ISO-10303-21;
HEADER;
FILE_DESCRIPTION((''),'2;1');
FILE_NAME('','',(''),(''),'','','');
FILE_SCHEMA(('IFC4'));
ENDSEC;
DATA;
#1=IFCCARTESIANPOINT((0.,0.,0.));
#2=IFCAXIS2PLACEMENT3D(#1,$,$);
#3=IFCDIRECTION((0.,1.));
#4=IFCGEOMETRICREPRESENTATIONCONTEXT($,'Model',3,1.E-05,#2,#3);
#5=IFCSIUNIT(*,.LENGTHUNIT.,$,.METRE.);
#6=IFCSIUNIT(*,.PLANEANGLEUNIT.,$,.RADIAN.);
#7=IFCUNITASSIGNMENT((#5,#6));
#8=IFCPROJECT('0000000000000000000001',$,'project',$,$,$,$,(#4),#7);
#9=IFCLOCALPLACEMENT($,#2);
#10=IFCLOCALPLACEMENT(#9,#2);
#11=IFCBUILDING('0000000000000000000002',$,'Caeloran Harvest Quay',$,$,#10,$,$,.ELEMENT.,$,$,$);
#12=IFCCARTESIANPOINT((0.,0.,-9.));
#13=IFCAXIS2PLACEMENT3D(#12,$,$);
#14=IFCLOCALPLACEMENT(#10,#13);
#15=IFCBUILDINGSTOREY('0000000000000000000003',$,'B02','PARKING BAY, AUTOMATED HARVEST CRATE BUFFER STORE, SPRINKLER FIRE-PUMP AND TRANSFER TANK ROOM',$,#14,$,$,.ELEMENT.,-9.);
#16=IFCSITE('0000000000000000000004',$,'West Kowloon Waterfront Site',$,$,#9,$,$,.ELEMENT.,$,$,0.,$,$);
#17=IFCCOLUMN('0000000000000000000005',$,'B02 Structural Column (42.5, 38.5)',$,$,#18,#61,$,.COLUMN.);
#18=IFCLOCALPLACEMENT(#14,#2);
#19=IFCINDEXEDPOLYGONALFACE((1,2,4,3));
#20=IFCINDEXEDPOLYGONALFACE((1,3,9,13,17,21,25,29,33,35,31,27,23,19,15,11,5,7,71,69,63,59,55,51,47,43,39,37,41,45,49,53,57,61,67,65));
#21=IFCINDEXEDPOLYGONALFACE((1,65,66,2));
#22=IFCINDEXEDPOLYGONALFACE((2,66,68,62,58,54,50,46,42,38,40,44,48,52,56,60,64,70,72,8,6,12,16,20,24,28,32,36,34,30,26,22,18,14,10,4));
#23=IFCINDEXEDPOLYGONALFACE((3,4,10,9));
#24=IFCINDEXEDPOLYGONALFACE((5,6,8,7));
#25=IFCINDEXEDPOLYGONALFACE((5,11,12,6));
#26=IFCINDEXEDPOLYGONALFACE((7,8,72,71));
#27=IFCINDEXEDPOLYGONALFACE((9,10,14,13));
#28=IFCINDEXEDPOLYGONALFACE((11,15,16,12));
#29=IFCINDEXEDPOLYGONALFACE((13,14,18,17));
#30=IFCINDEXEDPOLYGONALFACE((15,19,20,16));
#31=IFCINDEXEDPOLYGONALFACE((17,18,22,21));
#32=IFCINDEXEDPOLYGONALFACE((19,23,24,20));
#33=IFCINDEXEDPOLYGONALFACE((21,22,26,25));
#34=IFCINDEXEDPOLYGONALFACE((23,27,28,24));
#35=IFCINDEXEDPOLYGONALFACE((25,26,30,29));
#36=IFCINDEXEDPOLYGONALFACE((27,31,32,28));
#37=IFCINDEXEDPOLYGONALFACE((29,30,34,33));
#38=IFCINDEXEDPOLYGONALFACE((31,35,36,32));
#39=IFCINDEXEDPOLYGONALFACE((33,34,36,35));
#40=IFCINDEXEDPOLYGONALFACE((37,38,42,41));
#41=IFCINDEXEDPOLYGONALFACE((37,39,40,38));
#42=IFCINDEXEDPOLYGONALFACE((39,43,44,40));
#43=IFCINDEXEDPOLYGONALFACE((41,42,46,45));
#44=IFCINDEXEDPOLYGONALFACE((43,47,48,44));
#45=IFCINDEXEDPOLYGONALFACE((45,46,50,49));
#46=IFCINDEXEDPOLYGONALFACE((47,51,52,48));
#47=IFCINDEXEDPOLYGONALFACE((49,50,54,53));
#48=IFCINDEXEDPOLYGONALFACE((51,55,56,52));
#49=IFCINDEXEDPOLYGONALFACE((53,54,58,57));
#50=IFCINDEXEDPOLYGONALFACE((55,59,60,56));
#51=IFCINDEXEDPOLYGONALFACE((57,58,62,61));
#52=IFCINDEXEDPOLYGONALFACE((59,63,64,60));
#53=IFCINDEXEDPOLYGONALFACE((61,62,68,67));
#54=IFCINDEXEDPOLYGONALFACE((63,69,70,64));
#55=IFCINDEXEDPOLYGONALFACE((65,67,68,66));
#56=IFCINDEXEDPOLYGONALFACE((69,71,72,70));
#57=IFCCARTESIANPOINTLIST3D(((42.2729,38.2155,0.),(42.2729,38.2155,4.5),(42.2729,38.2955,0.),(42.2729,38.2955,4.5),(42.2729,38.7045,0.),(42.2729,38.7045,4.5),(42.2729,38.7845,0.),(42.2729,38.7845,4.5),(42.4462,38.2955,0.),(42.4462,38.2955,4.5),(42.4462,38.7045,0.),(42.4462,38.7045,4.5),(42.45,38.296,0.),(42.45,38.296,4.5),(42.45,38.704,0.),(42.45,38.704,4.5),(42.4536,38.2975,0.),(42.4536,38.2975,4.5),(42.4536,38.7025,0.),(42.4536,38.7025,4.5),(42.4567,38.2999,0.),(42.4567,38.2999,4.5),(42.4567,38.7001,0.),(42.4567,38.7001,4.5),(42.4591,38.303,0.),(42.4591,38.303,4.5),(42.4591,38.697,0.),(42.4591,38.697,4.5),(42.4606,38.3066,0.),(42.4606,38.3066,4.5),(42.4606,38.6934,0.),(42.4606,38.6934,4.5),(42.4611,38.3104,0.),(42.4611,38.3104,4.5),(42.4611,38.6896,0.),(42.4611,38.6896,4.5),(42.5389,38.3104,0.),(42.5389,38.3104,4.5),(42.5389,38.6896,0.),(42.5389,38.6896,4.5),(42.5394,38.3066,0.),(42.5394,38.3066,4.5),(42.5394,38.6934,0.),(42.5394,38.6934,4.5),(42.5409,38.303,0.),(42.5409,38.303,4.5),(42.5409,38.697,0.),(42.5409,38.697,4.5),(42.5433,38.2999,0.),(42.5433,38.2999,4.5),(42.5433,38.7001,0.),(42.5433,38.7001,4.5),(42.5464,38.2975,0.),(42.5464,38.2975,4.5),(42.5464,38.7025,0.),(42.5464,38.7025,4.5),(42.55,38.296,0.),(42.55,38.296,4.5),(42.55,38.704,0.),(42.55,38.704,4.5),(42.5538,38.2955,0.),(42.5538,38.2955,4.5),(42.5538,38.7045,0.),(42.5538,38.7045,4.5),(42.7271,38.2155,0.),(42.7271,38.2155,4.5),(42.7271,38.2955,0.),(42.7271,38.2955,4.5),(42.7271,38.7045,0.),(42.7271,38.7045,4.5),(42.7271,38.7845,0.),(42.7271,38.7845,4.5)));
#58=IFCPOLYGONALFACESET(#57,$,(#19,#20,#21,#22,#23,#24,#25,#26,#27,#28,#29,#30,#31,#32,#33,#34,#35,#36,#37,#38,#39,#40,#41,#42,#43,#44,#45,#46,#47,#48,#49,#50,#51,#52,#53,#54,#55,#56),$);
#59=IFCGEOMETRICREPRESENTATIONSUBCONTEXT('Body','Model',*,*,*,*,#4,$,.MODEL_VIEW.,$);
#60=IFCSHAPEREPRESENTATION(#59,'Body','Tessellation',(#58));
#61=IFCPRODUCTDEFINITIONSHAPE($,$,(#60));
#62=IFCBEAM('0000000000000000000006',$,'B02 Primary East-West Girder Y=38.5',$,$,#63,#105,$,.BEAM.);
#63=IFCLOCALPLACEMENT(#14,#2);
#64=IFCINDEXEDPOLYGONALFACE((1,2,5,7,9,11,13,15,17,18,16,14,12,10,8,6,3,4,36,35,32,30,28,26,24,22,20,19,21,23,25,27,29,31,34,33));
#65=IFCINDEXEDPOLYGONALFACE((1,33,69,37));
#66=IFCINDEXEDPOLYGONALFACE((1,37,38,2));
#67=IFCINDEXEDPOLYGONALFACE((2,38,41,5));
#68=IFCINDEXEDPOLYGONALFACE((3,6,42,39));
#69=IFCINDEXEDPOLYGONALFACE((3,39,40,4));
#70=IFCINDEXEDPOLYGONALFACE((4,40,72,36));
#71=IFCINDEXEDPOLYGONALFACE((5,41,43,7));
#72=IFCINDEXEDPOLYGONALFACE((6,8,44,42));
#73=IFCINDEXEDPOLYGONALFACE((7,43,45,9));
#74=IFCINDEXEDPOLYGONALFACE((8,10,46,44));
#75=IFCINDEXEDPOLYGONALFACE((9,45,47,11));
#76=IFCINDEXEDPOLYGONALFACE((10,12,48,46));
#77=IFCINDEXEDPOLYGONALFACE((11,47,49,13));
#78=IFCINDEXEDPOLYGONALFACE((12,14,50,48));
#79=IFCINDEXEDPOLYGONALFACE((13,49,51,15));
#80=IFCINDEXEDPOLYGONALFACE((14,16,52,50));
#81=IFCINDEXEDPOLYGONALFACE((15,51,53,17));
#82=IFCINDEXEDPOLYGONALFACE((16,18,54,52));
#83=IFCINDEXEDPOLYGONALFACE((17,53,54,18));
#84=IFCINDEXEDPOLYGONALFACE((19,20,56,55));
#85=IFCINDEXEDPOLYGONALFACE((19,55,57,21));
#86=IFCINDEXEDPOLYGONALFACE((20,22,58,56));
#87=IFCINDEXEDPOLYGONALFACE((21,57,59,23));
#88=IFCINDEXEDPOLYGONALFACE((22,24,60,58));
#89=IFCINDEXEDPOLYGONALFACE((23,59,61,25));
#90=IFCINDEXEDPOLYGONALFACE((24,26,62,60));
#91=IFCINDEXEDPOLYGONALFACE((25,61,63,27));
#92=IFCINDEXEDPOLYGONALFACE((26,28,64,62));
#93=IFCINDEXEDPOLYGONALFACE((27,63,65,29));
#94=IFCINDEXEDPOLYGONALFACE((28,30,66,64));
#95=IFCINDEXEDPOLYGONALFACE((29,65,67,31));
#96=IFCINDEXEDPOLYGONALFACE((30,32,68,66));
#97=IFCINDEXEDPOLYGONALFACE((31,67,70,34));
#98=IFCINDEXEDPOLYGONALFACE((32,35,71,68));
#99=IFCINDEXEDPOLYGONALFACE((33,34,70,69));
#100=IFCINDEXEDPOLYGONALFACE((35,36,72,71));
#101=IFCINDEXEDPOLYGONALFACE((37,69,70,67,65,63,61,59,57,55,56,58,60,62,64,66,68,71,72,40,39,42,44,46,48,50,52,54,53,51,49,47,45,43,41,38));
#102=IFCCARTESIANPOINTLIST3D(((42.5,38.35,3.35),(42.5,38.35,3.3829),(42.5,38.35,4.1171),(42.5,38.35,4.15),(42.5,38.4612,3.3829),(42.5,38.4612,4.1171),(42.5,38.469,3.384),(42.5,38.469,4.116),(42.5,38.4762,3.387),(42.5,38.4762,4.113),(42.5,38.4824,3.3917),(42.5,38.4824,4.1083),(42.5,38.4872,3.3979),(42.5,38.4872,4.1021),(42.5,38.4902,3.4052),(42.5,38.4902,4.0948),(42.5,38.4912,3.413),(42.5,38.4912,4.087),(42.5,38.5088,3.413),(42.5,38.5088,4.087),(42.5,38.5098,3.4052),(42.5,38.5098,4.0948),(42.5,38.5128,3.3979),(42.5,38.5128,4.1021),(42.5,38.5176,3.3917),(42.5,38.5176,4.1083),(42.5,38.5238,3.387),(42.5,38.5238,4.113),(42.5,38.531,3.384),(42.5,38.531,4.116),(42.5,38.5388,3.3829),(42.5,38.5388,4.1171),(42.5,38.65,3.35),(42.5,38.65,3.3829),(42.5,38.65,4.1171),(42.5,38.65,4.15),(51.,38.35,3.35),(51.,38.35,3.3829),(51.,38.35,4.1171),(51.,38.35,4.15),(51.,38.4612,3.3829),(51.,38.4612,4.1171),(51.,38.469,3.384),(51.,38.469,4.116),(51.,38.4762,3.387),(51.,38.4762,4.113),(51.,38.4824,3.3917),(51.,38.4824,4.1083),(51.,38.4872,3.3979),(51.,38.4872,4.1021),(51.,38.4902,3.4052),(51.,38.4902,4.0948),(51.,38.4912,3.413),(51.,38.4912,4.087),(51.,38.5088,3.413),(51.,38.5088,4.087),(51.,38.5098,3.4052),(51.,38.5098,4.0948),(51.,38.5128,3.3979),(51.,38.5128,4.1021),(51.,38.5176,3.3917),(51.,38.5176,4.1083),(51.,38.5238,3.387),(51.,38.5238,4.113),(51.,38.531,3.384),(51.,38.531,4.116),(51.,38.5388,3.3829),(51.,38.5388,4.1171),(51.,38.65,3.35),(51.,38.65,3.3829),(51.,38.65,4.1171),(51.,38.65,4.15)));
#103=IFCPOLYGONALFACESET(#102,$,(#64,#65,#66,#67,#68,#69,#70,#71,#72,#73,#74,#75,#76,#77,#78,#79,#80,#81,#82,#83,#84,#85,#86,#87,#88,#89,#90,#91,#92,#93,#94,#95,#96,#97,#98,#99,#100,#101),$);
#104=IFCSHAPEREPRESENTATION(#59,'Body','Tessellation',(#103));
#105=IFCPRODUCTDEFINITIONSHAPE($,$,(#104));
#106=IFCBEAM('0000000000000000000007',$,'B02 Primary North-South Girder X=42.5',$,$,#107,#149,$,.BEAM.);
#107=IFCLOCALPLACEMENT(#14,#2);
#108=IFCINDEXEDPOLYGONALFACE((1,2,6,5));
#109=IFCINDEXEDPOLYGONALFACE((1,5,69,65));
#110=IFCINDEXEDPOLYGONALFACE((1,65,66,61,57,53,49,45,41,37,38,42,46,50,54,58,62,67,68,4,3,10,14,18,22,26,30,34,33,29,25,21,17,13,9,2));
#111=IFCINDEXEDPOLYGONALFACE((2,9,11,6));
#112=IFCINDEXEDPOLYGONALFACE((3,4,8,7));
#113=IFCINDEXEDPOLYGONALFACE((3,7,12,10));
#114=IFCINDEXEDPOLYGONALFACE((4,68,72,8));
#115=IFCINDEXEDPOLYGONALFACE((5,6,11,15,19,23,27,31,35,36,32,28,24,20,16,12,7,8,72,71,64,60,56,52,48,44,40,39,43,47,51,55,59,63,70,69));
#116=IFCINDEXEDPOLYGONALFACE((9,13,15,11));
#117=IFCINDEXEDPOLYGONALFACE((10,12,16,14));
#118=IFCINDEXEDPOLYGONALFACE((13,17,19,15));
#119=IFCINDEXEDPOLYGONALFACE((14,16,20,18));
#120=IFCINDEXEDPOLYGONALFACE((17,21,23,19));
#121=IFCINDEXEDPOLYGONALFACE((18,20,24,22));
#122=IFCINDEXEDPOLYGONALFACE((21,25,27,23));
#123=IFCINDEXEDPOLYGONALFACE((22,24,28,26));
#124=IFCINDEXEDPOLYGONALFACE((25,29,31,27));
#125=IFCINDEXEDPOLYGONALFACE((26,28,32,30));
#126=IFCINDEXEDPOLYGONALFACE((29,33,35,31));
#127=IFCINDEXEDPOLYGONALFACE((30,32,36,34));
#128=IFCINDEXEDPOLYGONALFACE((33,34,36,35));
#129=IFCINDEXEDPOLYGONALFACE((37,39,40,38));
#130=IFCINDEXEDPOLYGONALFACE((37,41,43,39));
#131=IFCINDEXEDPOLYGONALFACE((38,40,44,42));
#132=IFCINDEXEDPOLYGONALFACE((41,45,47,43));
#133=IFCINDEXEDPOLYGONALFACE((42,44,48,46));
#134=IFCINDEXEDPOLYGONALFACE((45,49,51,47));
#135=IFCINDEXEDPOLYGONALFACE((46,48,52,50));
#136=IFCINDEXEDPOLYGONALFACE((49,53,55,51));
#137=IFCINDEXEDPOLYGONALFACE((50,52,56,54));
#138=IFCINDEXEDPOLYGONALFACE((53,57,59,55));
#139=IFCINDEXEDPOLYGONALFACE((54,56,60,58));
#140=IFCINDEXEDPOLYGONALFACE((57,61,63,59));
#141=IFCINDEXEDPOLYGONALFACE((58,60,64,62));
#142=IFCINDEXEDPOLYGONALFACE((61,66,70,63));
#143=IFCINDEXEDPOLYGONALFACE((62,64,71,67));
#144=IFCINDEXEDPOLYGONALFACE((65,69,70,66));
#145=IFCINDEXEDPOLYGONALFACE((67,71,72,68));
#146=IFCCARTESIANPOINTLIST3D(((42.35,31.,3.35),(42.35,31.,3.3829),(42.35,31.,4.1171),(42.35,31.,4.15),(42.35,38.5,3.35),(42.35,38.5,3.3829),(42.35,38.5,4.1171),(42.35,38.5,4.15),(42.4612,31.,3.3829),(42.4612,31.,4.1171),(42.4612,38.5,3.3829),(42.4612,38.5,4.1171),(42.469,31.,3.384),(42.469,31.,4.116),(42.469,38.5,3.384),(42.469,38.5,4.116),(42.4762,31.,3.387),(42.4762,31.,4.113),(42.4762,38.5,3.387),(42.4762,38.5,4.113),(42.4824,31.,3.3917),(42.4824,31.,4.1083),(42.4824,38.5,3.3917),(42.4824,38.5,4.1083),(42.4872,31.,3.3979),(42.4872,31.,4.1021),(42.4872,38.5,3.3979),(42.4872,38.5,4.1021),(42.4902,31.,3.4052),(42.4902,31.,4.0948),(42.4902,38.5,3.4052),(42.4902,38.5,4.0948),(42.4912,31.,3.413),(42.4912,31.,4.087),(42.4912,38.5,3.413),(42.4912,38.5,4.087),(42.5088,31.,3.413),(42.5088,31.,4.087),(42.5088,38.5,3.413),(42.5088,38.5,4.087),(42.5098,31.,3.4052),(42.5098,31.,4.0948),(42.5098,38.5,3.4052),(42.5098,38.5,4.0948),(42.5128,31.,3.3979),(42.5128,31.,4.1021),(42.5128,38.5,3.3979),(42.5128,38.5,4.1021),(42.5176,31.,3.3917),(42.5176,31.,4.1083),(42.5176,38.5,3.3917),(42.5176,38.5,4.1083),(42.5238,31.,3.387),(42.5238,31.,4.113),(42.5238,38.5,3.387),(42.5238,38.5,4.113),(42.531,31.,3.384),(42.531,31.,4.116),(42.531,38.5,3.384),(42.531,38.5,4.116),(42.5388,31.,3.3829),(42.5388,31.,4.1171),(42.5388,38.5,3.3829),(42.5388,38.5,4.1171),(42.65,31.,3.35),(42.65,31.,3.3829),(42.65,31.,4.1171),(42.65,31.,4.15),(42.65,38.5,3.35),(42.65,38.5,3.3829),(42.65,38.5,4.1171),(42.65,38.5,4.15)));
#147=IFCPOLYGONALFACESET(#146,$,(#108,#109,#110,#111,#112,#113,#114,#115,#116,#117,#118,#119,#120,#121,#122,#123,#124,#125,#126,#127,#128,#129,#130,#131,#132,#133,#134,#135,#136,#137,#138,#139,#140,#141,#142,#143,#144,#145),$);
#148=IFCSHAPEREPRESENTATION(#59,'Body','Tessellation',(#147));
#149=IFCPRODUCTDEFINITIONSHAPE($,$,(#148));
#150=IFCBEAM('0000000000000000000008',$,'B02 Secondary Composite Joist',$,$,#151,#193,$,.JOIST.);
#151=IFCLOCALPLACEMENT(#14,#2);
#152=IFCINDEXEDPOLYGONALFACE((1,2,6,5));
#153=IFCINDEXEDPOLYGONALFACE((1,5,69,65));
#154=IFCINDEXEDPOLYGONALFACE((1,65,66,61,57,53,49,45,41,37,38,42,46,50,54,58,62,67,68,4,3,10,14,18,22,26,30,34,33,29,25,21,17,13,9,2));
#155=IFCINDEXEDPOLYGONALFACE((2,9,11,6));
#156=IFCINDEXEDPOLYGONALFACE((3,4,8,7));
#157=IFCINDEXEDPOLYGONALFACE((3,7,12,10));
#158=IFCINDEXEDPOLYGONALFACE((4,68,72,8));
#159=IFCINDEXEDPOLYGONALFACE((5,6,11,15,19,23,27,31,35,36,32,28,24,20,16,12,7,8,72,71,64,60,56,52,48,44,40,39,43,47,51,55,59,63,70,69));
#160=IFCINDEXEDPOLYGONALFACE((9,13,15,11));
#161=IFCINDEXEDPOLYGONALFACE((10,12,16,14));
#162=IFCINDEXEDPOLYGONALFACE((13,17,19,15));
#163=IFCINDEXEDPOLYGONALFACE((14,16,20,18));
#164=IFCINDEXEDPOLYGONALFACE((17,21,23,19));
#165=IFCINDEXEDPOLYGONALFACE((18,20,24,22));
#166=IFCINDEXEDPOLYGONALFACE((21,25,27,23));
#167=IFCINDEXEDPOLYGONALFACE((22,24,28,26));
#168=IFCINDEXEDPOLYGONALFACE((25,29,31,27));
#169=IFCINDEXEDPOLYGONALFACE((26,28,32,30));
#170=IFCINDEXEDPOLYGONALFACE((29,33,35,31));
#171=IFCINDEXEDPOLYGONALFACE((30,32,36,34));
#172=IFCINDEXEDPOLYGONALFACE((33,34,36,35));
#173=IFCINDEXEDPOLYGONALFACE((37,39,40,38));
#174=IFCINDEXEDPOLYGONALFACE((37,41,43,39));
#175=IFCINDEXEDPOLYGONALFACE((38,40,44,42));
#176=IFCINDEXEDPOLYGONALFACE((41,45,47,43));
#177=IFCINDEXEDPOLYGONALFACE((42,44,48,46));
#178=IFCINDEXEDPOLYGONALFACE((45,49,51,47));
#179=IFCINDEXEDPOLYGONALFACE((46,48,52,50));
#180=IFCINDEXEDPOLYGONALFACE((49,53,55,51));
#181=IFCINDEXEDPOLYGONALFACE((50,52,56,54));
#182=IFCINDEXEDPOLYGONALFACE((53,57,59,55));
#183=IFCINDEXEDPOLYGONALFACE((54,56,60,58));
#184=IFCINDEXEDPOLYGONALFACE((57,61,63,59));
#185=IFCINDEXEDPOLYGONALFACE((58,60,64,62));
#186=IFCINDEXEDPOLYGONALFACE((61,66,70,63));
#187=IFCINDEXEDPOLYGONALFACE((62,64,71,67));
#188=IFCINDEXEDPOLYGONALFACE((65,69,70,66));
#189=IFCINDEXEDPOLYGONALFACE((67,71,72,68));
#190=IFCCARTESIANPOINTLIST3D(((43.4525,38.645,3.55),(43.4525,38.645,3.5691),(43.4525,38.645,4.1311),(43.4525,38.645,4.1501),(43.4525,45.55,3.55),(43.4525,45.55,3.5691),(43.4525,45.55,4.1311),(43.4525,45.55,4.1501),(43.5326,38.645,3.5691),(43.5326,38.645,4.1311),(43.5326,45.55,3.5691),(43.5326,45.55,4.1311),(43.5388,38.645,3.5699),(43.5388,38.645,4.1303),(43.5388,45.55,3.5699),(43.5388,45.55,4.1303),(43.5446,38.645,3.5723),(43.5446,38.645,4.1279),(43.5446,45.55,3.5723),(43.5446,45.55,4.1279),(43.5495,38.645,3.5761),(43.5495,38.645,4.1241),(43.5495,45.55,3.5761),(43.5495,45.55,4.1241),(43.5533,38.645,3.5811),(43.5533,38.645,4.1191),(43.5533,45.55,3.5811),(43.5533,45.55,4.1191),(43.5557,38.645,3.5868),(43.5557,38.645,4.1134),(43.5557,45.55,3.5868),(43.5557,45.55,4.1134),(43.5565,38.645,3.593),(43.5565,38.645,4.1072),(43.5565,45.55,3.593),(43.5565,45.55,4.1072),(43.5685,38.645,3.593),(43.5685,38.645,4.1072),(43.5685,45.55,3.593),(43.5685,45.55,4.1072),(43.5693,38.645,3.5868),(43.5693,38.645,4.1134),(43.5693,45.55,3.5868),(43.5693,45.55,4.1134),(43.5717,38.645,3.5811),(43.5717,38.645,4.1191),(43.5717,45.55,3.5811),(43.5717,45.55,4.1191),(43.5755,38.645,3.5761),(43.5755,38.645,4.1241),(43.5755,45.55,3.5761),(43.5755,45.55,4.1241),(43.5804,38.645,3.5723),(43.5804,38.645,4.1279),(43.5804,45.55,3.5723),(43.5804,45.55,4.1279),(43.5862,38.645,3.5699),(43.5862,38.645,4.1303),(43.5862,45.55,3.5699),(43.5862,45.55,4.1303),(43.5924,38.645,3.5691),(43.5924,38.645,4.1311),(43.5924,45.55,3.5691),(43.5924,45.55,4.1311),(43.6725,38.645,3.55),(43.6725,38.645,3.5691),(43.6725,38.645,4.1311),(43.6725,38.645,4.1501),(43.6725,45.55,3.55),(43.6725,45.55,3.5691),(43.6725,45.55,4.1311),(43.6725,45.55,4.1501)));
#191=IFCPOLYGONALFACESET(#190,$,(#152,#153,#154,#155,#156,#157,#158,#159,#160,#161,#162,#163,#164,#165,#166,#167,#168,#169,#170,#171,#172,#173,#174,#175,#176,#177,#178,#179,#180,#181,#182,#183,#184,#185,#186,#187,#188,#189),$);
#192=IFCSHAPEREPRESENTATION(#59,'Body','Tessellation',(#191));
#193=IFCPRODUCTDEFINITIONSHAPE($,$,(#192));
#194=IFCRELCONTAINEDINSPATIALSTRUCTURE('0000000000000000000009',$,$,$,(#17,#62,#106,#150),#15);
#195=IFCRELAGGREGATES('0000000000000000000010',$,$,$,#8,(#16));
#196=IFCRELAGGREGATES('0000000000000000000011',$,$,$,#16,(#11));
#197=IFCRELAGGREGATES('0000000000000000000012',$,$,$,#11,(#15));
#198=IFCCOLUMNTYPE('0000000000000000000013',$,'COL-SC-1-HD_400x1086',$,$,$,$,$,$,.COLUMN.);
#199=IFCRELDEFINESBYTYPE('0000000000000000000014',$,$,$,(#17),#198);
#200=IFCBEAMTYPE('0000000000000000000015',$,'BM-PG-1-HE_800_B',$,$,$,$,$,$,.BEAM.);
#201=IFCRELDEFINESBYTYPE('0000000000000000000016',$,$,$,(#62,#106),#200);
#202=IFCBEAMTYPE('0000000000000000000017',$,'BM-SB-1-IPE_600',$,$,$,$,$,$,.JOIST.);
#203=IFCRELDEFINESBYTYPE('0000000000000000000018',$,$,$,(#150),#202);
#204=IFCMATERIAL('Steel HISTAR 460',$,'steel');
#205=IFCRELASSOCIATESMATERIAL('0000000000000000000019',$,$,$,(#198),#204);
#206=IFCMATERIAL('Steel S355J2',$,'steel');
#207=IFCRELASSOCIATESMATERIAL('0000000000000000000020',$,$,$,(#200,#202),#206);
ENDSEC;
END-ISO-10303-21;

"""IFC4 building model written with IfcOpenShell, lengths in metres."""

from ifc_helpers import new_model, si_unit, direction, frame, origin, origin_2d, place, context, subcontext, project, spatial, i_section, extrude, material, material_profile, profile_set, type_object, element, save


model = new_model("IFC4")

# Units and contexts
model_context = context("Model", 3, precision=1e-05, world=origin(), true_north=direction((0.0, 1.0)))
body_context = subcontext(model_context, "Body", "Model", "MODEL_VIEW")
ifc_project = project(units=[si_unit("LENGTHUNIT", "METRE"), si_unit("PLANEANGLEUNIT", "RADIAN")], contexts=[model_context])

# Site, building, storey
site_placement = place(None, origin())
site = spatial("IfcSite", under=ifc_project, at=site_placement, Name="West Kowloon Waterfront Site", CompositionType="ELEMENT", RefElevation=0.0)
building_placement = place(site_placement, origin())
building = spatial("IfcBuilding", under=site, at=building_placement, Name="Caeloran Harvest Quay", CompositionType="ELEMENT")
storey_placement = place(building_placement, frame((0.0, 0.0, -9.0)))
storey = spatial("IfcBuildingStorey", under=building, at=storey_placement, Name="B02", Description="PARKING BAY, AUTOMATED HARVEST CRATE BUFFER STORE, SPRINKLER FIRE-PUMP AND TRANSFER TANK ROOM", CompositionType="ELEMENT", Elevation=-9.0)

# Column
ifc_material_1 = material(Name="Steel HISTAR 460", Category="steel")
ifc_material_profile_1 = material_profile(ifc_material_1, i_section(OverallWidth=0.4541, OverallDepth=0.5691, WebThickness=0.0779, FlangeThickness=0.0801, FilletRadius=0.0149, at=origin_2d()), Name="HD 400x1086")
ifc_profile_set_1 = profile_set([ifc_material_profile_1], Name="Steel HISTAR 460")
column_type = type_object("IfcColumnType", Name="COL-SC-1-HD_400x1086", PredefinedType="COLUMN", material=ifc_profile_set_1)
column_placement = place(storey_placement, frame((42.5, 38.5, 0.0), z_axis=(0.0, 0.0, 1.0), x_axis=(1.0, 0.0, 0.0)))
element("IfcColumn", 1, at=column_placement, inside=storey, type_object=column_type, Name="B02 Structural Column (42.5, 38.5)", PredefinedType="COLUMN", context=body_context, shape_type="SweptSolid", body=[
    extrude(i_section(OverallWidth=0.4541, OverallDepth=0.5691, WebThickness=0.0779, FlangeThickness=0.0801, FilletRadius=0.0149, at=origin_2d()), origin(), (0.0, 0.0, 1.0), 4.5),
])

# Beams
ifc_material_2 = material(Name="Steel S355J2", Category="steel")
ifc_material_profile_2 = material_profile(ifc_material_2, i_section(OverallWidth=0.3, OverallDepth=0.8, WebThickness=0.0176, FlangeThickness=0.033, FilletRadius=0.03, at=origin_2d()), Name="HE 800 B")
ifc_profile_set_2 = profile_set([ifc_material_profile_2], Name="Steel S355J2")
beam_type_1 = type_object("IfcBeamType", Name="BM-PG-1-HE_800_B", PredefinedType="BEAM", material=ifc_profile_set_2)
beam_1_placement = place(storey_placement, frame((42.5, 38.5, 3.75), z_axis=(1.0, 0.0, 0.0), x_axis=(0.0, 1.0, 0.0)))
element("IfcBeam", 2, at=beam_1_placement, inside=storey, type_object=beam_type_1, Name="B02 Primary East-West Girder Y=38.5", PredefinedType="BEAM", context=body_context, shape_type="SweptSolid", body=[
    extrude(i_section(OverallWidth=0.3, OverallDepth=0.8, WebThickness=0.0176, FlangeThickness=0.033, FilletRadius=0.03, at=origin_2d()), origin(), (0.0, 0.0, 1.0), 8.5),
])
beam_2_placement = place(storey_placement, frame((42.5, 31.0, 3.75), z_axis=(0.0, 1.0, 0.0), x_axis=(-1.0, 0.0, 0.0)))
element("IfcBeam", 3, at=beam_2_placement, inside=storey, type_object=beam_type_1, Name="B02 Primary North-South Girder X=42.5", PredefinedType="BEAM", context=body_context, shape_type="SweptSolid", body=[
    extrude(i_section(OverallWidth=0.3, OverallDepth=0.8, WebThickness=0.0176, FlangeThickness=0.033, FilletRadius=0.03, at=origin_2d()), origin(), (0.0, 0.0, 1.0), 7.5),
])
ifc_material_profile_3 = material_profile(ifc_material_2, i_section(OverallWidth=0.22, OverallDepth=0.6001, WebThickness=0.012, FlangeThickness=0.019, FilletRadius=0.0239, at=origin_2d()), Name="IPE 600")
ifc_profile_set_3 = profile_set([ifc_material_profile_3], Name="Steel S355J2")
beam_type_2 = type_object("IfcBeamType", Name="BM-SB-1-IPE_600", PredefinedType="JOIST", material=ifc_profile_set_3)
for number, where, z_axis, x_axis, name in (
    (4, (43.5625, 38.645, 3.8501), (0.0, 1.0, 0.0), (-1.0, 0.0, 0.0), "B02 Secondary Composite Joist"),
):
    element("IfcBeam", number, at=place(storey_placement, frame(where, z_axis=z_axis, x_axis=x_axis)), inside=storey, type_object=beam_type_2, Name=name, PredefinedType="JOIST", context=body_context, shape_type="SweptSolid", body=[
        extrude(i_section(OverallWidth=0.22, OverallDepth=0.6001, WebThickness=0.012, FlangeThickness=0.019, FilletRadius=0.0239, at=origin_2d()), origin(), (0.0, 0.0, 1.0), 6.905),
    ])

save(model, "model.ifc")
